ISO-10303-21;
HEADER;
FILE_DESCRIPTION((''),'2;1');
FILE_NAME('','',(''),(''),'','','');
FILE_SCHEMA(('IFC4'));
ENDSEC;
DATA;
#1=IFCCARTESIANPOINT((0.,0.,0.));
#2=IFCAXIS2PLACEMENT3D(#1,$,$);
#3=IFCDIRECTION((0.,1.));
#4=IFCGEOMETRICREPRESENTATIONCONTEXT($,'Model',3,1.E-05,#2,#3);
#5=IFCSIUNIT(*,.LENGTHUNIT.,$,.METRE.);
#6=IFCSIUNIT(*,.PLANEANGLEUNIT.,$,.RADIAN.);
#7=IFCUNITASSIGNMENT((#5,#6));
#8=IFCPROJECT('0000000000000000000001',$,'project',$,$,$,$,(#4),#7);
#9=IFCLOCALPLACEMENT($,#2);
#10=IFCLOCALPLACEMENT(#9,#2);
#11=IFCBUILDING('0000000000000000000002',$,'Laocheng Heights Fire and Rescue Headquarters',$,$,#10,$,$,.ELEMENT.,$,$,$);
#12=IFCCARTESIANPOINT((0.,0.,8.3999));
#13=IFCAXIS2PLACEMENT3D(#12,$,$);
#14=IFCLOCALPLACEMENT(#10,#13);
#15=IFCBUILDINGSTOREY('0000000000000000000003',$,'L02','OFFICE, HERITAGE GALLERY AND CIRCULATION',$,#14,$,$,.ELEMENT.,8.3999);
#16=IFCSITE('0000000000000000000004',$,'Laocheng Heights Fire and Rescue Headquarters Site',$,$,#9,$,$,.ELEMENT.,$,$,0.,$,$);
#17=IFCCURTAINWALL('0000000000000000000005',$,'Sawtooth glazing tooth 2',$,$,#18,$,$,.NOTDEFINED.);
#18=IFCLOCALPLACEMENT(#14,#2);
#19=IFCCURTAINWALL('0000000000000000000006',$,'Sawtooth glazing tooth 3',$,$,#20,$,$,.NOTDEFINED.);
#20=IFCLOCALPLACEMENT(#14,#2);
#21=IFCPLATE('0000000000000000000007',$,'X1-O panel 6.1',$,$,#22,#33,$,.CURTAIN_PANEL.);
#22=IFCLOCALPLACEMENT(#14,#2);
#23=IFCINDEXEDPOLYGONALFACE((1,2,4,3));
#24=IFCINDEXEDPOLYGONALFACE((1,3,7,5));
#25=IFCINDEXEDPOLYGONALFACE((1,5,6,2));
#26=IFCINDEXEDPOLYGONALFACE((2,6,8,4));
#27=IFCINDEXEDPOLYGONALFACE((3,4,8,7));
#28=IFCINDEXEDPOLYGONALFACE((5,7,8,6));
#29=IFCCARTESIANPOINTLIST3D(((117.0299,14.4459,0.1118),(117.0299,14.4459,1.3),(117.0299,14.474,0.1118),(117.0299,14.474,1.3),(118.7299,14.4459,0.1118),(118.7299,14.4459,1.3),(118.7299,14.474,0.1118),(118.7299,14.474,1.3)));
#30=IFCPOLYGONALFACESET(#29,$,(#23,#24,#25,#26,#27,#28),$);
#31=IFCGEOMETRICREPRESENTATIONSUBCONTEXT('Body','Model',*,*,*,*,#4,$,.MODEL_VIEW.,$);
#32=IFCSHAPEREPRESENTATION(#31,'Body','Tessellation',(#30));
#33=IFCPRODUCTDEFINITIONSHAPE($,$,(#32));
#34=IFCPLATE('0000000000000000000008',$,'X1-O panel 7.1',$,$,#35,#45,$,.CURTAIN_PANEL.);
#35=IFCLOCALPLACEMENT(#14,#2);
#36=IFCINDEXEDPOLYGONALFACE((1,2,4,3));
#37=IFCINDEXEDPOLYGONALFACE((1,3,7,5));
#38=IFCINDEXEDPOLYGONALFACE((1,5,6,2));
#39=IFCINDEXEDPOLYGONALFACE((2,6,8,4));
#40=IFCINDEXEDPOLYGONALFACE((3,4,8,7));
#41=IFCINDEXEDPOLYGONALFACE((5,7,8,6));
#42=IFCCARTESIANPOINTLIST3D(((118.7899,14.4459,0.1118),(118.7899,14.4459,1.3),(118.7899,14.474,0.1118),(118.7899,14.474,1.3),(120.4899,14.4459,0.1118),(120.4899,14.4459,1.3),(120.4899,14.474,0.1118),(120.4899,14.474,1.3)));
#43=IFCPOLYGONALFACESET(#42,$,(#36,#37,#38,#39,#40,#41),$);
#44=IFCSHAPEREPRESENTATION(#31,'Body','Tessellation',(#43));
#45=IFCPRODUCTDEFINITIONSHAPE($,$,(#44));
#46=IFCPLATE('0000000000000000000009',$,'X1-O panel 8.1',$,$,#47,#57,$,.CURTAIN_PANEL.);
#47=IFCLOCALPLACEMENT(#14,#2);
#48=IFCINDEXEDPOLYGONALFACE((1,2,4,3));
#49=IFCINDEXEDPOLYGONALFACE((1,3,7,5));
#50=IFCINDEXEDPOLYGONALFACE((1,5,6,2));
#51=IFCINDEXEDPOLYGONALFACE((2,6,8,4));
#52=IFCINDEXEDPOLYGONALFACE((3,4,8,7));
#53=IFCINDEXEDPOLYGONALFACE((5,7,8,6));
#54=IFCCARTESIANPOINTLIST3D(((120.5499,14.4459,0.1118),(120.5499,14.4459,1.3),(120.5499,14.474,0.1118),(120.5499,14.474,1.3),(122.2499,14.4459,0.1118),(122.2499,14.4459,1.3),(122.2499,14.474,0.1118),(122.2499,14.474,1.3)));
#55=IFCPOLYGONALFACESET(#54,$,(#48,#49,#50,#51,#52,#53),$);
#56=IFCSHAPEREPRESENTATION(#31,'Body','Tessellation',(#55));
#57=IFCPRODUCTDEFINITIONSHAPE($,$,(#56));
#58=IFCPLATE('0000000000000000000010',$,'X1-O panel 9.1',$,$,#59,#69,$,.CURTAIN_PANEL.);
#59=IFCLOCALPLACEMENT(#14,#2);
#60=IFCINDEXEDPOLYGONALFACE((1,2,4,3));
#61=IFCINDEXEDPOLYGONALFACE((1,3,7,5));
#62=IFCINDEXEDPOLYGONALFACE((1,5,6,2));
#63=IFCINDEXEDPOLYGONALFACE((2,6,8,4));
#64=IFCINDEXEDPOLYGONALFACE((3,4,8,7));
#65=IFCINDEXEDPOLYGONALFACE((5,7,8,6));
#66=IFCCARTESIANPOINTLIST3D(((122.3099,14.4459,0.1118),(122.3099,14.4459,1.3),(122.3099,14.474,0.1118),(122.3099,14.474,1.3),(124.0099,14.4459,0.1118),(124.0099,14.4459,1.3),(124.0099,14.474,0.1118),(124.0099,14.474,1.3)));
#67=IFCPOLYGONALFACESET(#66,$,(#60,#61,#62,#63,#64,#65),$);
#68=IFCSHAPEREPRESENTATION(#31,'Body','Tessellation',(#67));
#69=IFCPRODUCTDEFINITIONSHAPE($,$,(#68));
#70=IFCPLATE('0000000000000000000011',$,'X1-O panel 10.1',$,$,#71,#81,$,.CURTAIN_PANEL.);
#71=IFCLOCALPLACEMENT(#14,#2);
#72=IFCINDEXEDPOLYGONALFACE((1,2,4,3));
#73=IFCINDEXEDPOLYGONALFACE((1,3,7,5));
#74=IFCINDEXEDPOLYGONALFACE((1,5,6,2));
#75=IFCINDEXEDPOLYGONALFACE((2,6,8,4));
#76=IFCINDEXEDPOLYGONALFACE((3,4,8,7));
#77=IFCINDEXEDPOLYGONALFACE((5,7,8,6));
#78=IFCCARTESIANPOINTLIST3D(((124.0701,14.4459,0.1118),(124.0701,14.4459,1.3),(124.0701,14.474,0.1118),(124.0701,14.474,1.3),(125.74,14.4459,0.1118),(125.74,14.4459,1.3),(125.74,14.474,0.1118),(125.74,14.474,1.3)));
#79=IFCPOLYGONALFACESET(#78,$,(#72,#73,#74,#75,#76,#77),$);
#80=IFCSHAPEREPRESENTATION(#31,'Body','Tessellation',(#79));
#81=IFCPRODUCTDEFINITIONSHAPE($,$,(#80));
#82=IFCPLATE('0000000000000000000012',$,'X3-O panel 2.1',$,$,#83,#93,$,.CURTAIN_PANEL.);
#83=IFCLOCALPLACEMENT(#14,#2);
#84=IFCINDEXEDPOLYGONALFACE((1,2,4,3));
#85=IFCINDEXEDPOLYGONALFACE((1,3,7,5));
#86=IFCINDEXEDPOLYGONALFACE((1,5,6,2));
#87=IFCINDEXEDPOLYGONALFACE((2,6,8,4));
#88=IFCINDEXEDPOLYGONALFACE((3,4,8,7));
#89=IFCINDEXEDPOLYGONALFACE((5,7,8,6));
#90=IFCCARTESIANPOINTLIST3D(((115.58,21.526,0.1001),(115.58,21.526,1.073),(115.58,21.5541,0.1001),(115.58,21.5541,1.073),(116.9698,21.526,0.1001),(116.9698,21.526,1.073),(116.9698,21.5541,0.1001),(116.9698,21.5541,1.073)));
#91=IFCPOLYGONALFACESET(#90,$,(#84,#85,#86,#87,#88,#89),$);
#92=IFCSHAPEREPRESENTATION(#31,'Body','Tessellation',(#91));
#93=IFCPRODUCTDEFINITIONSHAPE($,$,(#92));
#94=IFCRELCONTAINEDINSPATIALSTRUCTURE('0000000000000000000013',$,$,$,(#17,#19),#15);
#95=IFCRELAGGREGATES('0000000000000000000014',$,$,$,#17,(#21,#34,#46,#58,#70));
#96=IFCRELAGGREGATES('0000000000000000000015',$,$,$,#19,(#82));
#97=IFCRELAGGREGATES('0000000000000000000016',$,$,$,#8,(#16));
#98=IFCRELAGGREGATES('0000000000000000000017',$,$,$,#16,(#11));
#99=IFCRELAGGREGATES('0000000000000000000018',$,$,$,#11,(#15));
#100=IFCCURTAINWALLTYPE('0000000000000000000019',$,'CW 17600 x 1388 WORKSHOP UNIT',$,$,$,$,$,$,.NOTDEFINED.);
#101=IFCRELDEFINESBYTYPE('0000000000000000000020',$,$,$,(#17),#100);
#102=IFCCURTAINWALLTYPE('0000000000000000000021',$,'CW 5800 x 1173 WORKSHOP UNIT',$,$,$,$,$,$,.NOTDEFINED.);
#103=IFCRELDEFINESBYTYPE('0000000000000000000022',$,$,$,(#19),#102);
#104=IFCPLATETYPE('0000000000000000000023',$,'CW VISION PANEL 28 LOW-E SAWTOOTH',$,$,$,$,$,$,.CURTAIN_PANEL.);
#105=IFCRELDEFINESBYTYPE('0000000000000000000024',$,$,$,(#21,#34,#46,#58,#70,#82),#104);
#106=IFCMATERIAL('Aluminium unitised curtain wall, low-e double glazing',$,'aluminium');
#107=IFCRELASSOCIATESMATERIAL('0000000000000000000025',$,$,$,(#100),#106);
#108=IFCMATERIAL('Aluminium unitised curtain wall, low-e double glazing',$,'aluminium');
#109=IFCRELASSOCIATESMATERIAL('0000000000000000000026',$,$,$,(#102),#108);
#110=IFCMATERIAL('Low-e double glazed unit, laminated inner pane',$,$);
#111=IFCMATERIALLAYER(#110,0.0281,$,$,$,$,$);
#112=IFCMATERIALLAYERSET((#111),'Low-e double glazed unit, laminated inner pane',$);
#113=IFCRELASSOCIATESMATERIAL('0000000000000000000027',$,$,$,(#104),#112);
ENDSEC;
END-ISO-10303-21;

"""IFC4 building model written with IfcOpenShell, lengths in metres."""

from ifc_helpers import new_model, si_unit, direction, frame, origin, origin_2d, place, context, subcontext, project, spatial, rectangle, extrude, material, layer, layer_set, type_object, element, aggregate, save


model = new_model("IFC4")

# Units and contexts
model_context = context("Model", 3, precision=1e-05, world=origin(), true_north=direction((0.0, 1.0)))
body_context = subcontext(model_context, "Body", "Model", "MODEL_VIEW")
ifc_project = project(units=[si_unit("LENGTHUNIT", "METRE"), si_unit("PLANEANGLEUNIT", "RADIAN")], contexts=[model_context])

# Site, building, storey
site_placement = place(None, origin())
site = spatial("IfcSite", under=ifc_project, at=site_placement, Name="Laocheng Heights Fire and Rescue Headquarters Site", CompositionType="ELEMENT", RefElevation=0.0)
building_placement = place(site_placement, origin())
building = spatial("IfcBuilding", under=site, at=building_placement, Name="Laocheng Heights Fire and Rescue Headquarters", CompositionType="ELEMENT")
storey_placement = place(building_placement, frame((0.0, 0.0, 8.3999)))
storey = spatial("IfcBuildingStorey", under=building, at=storey_placement, Name="L02", Description="OFFICE, HERITAGE GALLERY AND CIRCULATION", CompositionType="ELEMENT", Elevation=8.3999)

# Curtain walls
ifc_material_1 = material(Name="Aluminium unitised curtain wall, low-e double glazing", Category="aluminium")
curtain_wall_type_1 = type_object("IfcCurtainWallType", Name="CW 17600 x 1388 WORKSHOP UNIT", PredefinedType="NOTDEFINED", material=ifc_material_1)
curtain_wall_1_placement = place(storey_placement, origin())
curtain_wall_1 = element("IfcCurtainWall", 1, at=curtain_wall_1_placement, inside=storey, type_object=curtain_wall_type_1, Name="Sawtooth glazing tooth 2", PredefinedType="NOTDEFINED")
ifc_material_2 = material(Name="Aluminium unitised curtain wall, low-e double glazing", Category="aluminium")
curtain_wall_type_2 = type_object("IfcCurtainWallType", Name="CW 5800 x 1173 WORKSHOP UNIT", PredefinedType="NOTDEFINED", material=ifc_material_2)
curtain_wall_2_placement = place(storey_placement, origin())
curtain_wall_2 = element("IfcCurtainWall", 2, at=curtain_wall_2_placement, inside=storey, type_object=curtain_wall_type_2, Name="Sawtooth glazing tooth 3", PredefinedType="NOTDEFINED")

# Plates
ifc_material_3 = material(Name="Low-e double glazed unit, laminated inner pane")
ifc_layer = layer(ifc_material_3, 0.0281)
ifc_layer_set = layer_set([ifc_layer], Name="Low-e double glazed unit, laminated inner pane")
plate_type = type_object("IfcPlateType", Name="CW VISION PANEL 28 LOW-E SAWTOOTH", PredefinedType="CURTAIN_PANEL", material=ifc_layer_set)
plate_1_placement = place(storey_placement, frame((117.8799, 14.46, 0.1118), z_axis=(0.0, 0.0, 1.0), x_axis=(1.0, 0.0, 0.0)))
plate_1 = element("IfcPlate", 3, at=plate_1_placement, type_object=plate_type, Name="X1-O panel 6.1", PredefinedType="CURTAIN_PANEL", context=body_context, shape_type="SweptSolid", body=[
    extrude(rectangle(XDim=1.7, YDim=0.0281, at=origin_2d()), origin(), (0.0, 0.0, 1.0), 1.1882),
])
plate_2_placement = place(storey_placement, frame((119.6399, 14.46, 0.1118), z_axis=(0.0, 0.0, 1.0), x_axis=(1.0, 0.0, 0.0)))
plate_2 = element("IfcPlate", 4, at=plate_2_placement, type_object=plate_type, Name="X1-O panel 7.1", PredefinedType="CURTAIN_PANEL", context=body_context, shape_type="SweptSolid", body=[
    extrude(rectangle(XDim=1.7, YDim=0.0281, at=origin_2d()), origin(), (0.0, 0.0, 1.0), 1.1882),
])
plate_3_placement = place(storey_placement, frame((121.3999, 14.46, 0.1118), z_axis=(0.0, 0.0, 1.0), x_axis=(1.0, 0.0, 0.0)))
plate_3 = element("IfcPlate", 5, at=plate_3_placement, type_object=plate_type, Name="X1-O panel 8.1", PredefinedType="CURTAIN_PANEL", context=body_context, shape_type="SweptSolid", body=[
    extrude(rectangle(XDim=1.7, YDim=0.0281, at=origin_2d()), origin(), (0.0, 0.0, 1.0), 1.1882),
])
plate_4_placement = place(storey_placement, frame((123.1599, 14.46, 0.1118), z_axis=(0.0, 0.0, 1.0), x_axis=(1.0, 0.0, 0.0)))
plate_4 = element("IfcPlate", 6, at=plate_4_placement, type_object=plate_type, Name="X1-O panel 9.1", PredefinedType="CURTAIN_PANEL", context=body_context, shape_type="SweptSolid", body=[
    extrude(rectangle(XDim=1.7, YDim=0.0281, at=origin_2d()), origin(), (0.0, 0.0, 1.0), 1.1882),
])
plate_5_placement = place(storey_placement, frame((124.905, 14.46, 0.1118), z_axis=(0.0, 0.0, 1.0), x_axis=(1.0, 0.0, 0.0)))
plate_5 = element("IfcPlate", 7, at=plate_5_placement, type_object=plate_type, Name="X1-O panel 10.1", PredefinedType="CURTAIN_PANEL", context=body_context, shape_type="SweptSolid", body=[
    extrude(rectangle(XDim=1.6699, YDim=0.0281, at=origin_2d()), origin(), (0.0, 0.0, 1.0), 1.1882),
])
aggregate(curtain_wall_1, [plate_1, plate_2, plate_3, plate_4, plate_5])
plate_6_placement = place(storey_placement, frame((116.2749, 21.54, 0.1001), z_axis=(0.0, 0.0, 1.0), x_axis=(1.0, 0.0, 0.0)))
plate_6 = element("IfcPlate", 8, at=plate_6_placement, type_object=plate_type, Name="X3-O panel 2.1", PredefinedType="CURTAIN_PANEL", context=body_context, shape_type="SweptSolid", body=[
    extrude(rectangle(XDim=1.3899, YDim=0.0281, at=origin_2d()), origin(), (0.0, 0.0, 1.0), 0.9729),
])
aggregate(curtain_wall_2, [plate_6])

save(model, "model.ifc")
